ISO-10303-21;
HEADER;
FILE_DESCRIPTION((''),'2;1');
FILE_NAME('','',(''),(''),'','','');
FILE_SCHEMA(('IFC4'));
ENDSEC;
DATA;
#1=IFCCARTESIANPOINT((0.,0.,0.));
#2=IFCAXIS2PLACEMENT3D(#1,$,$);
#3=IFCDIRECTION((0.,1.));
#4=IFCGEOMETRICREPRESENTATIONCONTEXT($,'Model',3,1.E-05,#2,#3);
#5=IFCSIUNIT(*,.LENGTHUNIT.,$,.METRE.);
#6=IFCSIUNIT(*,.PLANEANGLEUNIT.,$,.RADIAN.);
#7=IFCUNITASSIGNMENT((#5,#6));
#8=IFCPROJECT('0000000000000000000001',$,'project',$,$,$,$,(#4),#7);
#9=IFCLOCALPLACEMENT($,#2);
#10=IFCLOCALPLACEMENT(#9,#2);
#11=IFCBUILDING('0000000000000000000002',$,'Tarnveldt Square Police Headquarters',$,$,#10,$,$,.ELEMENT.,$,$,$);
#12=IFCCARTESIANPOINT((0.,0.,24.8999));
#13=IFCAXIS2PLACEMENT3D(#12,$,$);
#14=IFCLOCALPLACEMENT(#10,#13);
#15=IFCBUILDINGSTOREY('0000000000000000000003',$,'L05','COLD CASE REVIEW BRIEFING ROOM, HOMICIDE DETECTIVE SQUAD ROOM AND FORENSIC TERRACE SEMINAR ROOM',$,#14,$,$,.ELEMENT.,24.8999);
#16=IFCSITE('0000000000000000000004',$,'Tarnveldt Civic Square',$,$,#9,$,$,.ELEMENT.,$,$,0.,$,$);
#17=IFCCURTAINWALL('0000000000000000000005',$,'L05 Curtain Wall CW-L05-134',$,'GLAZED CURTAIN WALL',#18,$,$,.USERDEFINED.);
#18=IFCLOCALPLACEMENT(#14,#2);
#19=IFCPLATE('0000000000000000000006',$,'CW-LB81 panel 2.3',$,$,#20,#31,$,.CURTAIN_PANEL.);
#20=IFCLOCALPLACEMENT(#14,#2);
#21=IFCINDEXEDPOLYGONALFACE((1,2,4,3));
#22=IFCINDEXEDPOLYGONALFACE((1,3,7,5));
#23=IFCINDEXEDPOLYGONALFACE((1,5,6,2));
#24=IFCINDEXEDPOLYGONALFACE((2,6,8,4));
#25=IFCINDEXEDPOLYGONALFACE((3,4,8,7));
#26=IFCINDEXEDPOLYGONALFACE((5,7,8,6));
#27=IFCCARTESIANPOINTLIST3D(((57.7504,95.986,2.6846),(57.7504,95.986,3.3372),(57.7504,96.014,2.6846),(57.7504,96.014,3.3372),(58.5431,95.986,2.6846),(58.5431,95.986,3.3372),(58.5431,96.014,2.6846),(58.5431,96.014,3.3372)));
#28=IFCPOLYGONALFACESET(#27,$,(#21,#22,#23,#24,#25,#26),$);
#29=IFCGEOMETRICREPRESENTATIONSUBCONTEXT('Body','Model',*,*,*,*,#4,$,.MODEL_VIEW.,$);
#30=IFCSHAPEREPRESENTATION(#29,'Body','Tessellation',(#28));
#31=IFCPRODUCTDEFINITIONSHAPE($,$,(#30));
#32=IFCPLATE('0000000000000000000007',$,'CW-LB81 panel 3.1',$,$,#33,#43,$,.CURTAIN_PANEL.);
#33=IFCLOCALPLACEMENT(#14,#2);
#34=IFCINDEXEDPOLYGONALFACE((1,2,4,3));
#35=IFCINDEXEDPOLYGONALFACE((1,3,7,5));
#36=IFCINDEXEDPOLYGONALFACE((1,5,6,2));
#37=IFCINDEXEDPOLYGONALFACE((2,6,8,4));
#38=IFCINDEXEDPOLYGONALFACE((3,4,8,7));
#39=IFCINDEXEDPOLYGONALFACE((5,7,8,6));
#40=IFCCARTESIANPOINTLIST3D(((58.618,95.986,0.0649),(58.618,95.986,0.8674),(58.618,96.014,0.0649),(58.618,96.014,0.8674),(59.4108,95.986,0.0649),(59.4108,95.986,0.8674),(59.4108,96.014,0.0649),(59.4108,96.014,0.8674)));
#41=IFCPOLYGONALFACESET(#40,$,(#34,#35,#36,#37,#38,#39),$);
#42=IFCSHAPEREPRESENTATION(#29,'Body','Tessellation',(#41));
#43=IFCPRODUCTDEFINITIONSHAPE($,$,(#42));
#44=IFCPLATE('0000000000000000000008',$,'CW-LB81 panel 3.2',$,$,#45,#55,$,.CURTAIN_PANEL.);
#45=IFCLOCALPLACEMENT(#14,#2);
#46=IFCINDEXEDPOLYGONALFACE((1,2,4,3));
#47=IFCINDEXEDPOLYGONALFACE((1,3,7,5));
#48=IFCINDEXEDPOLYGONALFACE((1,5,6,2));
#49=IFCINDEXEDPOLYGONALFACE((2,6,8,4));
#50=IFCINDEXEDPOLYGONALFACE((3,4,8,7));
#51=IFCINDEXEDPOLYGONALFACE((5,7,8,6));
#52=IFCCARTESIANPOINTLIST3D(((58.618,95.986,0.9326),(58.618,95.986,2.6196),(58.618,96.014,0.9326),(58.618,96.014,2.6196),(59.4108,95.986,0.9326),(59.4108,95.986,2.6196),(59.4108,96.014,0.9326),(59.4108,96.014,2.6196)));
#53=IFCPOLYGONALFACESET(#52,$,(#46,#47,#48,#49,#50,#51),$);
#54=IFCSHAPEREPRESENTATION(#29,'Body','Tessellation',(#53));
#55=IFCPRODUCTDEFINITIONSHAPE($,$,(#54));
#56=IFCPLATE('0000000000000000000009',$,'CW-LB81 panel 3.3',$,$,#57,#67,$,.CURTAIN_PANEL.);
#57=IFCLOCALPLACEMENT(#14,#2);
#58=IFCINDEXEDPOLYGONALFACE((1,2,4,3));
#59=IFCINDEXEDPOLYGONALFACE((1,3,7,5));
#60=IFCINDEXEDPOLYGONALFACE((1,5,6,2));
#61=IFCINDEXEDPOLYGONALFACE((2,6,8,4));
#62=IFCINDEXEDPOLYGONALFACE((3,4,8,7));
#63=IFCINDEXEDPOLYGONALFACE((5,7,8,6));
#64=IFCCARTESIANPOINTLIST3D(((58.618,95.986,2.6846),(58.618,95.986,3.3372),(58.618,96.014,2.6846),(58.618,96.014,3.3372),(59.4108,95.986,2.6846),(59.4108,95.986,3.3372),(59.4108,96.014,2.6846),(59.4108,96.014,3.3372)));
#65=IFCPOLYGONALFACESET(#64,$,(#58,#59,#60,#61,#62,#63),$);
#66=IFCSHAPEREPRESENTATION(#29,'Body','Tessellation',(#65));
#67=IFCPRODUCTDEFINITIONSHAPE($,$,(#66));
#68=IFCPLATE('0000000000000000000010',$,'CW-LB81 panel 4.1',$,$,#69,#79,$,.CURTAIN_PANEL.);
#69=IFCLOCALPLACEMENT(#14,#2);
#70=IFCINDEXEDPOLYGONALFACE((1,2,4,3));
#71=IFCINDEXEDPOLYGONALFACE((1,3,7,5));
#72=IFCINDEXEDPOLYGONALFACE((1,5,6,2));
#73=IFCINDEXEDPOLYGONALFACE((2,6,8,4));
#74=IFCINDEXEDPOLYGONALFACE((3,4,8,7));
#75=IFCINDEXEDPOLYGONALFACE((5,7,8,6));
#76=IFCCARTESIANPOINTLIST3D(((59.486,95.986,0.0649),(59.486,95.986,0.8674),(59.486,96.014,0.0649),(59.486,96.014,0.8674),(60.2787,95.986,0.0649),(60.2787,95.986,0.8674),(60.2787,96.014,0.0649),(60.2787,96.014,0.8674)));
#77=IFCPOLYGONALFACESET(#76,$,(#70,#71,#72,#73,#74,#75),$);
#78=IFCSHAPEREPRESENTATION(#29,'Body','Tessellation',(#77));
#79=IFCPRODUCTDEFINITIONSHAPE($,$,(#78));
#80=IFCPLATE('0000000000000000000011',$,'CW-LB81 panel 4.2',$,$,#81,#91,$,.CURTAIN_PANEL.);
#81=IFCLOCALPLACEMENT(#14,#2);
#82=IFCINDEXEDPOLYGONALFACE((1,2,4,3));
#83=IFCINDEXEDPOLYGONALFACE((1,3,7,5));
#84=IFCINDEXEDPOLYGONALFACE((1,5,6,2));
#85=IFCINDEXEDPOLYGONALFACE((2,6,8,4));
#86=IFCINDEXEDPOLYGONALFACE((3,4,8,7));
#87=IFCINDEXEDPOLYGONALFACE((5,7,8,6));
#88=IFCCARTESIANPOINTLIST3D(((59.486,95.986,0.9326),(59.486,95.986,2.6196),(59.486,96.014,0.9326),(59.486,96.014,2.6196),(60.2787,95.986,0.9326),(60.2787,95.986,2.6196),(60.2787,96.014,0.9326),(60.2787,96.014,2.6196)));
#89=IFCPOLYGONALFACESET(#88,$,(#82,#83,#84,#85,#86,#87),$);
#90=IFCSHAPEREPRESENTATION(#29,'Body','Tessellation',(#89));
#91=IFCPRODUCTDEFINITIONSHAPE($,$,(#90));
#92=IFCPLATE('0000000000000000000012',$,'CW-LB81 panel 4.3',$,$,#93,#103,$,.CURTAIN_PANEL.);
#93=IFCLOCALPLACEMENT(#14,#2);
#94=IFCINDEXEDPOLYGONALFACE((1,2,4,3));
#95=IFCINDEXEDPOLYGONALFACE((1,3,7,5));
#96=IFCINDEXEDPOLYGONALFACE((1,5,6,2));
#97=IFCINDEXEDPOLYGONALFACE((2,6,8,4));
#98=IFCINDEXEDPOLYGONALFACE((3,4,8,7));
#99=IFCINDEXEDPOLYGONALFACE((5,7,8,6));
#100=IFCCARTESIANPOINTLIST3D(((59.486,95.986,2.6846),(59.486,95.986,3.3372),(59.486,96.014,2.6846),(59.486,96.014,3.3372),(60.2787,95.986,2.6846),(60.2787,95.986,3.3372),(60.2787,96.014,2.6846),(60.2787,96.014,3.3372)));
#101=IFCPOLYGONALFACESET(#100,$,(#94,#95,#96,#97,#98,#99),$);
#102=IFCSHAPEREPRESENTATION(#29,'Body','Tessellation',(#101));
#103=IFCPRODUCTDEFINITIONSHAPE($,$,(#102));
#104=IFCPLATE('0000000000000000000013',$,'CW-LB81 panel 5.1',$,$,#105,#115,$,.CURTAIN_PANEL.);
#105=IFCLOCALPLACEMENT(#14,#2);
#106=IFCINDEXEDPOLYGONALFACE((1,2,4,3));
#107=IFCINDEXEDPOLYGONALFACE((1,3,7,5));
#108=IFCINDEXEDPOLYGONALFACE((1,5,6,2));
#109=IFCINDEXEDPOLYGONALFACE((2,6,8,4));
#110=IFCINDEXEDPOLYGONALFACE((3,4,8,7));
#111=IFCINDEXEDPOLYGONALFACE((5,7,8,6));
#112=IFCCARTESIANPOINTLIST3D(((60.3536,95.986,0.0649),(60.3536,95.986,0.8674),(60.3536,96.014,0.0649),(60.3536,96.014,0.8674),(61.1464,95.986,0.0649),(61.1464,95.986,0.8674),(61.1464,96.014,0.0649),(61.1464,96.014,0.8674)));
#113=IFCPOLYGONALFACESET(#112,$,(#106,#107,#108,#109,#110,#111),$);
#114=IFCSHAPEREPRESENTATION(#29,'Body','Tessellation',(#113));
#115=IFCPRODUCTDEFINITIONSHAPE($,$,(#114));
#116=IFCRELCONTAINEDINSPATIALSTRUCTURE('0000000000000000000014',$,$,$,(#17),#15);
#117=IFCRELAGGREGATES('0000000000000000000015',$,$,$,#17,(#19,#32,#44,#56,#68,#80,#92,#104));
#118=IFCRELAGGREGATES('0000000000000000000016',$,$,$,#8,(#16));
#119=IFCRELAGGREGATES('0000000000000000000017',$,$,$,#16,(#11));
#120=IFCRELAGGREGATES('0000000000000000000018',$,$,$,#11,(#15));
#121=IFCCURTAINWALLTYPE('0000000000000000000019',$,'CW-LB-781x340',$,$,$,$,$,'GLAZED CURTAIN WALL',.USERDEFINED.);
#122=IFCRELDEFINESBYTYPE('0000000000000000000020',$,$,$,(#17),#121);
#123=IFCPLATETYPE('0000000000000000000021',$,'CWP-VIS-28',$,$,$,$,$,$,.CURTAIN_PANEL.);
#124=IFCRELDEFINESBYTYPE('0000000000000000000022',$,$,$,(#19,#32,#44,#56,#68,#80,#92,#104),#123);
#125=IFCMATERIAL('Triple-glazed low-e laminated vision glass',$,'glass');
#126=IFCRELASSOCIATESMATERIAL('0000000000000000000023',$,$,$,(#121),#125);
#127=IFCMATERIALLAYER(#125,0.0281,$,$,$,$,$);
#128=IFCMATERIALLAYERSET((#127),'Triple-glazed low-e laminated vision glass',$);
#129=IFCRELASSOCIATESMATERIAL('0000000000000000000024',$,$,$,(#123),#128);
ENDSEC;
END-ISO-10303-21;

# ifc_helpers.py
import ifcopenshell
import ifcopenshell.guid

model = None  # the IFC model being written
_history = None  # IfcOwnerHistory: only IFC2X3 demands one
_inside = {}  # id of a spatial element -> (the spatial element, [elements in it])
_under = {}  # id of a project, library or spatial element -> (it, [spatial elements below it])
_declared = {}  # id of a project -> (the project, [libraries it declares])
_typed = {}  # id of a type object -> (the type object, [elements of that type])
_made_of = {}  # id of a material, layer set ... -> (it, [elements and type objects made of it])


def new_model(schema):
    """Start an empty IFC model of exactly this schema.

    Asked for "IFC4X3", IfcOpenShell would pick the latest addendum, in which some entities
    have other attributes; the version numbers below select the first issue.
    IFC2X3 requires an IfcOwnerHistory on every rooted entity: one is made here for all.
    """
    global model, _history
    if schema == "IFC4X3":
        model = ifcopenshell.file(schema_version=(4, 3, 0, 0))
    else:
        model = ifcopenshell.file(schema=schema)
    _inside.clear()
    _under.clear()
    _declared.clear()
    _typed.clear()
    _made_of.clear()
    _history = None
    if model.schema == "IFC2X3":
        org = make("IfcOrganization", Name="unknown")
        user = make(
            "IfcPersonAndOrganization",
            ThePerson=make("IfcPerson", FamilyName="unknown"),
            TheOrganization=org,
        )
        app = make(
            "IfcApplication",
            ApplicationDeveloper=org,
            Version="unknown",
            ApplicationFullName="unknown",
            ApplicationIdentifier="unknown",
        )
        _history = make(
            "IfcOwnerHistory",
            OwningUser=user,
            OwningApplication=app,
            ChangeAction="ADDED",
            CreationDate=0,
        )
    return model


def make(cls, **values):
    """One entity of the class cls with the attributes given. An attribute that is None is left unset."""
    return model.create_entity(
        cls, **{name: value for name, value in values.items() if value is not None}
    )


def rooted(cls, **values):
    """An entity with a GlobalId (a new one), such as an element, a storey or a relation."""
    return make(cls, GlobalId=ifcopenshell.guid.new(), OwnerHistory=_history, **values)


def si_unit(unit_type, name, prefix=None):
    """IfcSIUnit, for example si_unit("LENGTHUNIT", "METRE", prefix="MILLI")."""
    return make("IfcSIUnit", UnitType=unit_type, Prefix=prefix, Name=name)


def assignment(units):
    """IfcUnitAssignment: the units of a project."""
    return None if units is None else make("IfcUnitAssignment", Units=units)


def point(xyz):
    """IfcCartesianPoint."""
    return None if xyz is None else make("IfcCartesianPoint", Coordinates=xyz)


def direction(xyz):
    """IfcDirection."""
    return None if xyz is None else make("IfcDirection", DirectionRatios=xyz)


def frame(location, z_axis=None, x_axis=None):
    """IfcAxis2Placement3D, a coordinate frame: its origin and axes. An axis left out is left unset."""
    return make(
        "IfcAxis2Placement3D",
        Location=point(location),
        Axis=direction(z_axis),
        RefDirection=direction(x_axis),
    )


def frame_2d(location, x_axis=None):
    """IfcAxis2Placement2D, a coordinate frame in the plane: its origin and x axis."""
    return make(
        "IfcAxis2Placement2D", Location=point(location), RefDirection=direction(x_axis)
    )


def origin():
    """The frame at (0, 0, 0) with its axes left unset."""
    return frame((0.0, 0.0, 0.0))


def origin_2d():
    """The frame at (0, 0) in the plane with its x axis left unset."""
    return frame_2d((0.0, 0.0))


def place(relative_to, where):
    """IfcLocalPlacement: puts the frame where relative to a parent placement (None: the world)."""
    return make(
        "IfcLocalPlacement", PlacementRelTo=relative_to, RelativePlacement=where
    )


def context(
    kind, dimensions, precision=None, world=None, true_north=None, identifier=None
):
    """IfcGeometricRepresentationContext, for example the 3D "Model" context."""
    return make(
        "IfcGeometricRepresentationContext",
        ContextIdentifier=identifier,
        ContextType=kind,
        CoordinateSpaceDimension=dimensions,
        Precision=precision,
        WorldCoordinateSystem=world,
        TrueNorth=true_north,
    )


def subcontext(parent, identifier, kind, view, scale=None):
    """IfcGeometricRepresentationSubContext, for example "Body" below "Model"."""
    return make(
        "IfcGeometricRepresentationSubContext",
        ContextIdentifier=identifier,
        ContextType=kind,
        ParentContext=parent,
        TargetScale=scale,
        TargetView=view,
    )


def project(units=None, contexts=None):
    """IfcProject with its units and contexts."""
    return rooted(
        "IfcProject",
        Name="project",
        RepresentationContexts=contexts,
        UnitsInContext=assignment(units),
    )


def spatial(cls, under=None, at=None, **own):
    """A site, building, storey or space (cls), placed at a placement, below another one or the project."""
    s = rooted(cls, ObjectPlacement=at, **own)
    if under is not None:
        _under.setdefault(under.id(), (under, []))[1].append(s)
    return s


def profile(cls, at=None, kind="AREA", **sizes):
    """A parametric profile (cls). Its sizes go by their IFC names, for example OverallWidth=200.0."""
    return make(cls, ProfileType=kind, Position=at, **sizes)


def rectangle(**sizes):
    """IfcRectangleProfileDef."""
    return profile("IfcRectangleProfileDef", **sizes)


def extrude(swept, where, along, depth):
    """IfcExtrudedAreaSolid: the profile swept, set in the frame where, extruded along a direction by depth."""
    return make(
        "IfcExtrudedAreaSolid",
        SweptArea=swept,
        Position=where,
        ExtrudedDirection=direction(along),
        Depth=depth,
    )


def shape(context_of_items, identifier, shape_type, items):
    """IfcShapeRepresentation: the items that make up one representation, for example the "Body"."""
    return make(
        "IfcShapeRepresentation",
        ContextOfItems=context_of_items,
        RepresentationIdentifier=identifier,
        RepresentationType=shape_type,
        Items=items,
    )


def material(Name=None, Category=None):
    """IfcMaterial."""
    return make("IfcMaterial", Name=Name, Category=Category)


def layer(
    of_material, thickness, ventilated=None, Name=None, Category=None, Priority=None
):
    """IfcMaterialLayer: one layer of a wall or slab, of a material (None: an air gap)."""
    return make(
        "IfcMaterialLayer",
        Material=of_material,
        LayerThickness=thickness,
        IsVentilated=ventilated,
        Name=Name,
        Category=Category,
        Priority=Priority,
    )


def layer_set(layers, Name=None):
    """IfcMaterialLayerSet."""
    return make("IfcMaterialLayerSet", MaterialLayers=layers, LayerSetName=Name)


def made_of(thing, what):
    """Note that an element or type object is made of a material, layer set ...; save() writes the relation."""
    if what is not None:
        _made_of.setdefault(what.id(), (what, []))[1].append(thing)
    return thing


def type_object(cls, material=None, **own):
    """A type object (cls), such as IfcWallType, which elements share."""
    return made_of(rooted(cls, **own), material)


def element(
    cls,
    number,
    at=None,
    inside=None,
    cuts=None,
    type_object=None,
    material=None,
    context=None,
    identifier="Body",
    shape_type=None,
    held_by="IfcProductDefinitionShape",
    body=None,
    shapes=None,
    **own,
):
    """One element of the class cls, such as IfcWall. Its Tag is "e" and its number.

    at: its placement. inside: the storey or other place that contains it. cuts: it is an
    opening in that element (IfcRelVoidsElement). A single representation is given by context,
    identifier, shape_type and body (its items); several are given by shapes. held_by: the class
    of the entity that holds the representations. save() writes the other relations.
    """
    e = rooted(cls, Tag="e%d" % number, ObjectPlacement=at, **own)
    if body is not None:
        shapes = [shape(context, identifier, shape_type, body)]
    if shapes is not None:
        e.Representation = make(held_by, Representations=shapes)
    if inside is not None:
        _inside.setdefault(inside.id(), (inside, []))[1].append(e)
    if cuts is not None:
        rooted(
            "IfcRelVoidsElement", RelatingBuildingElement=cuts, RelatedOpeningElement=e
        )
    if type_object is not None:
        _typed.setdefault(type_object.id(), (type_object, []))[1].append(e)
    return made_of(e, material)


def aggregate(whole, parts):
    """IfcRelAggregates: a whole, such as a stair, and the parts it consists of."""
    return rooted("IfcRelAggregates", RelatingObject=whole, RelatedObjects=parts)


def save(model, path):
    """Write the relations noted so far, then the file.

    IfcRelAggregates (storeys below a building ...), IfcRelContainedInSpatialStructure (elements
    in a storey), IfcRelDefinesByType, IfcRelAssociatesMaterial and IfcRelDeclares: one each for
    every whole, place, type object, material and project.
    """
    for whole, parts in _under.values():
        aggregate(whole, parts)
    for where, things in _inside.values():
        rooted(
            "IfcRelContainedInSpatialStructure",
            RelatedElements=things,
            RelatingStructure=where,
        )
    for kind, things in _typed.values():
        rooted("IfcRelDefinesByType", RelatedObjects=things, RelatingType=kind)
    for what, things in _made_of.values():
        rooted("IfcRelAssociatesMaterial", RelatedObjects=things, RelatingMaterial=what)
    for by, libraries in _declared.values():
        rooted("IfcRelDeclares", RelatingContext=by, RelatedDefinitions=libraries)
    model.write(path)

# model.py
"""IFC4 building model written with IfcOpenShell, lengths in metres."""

from ifc_helpers import new_model, si_unit, direction, frame, origin, origin_2d, place, context, subcontext, project, spatial, rectangle, extrude, material, layer, layer_set, type_object, element, aggregate, save


model = new_model("IFC4")

# Units and contexts
model_context = context("Model", 3, precision=1e-05, world=origin(), true_north=direction((0.0, 1.0)))
body_context = subcontext(model_context, "Body", "Model", "MODEL_VIEW")
ifc_project = project(units=[si_unit("LENGTHUNIT", "METRE"), si_unit("PLANEANGLEUNIT", "RADIAN")], contexts=[model_context])

# Site, building, storey
site_placement = place(None, origin())
site = spatial("IfcSite", under=ifc_project, at=site_placement, Name="Tarnveldt Civic Square", CompositionType="ELEMENT", RefElevation=0.0)
building_placement = place(site_placement, origin())
building = spatial("IfcBuilding", under=site, at=building_placement, Name="Tarnveldt Square Police Headquarters", CompositionType="ELEMENT")
storey_placement = place(building_placement, frame((0.0, 0.0, 24.8999)))
storey = spatial("IfcBuildingStorey", under=building, at=storey_placement, Name="L05", Description="COLD CASE REVIEW BRIEFING ROOM, HOMICIDE DETECTIVE SQUAD ROOM AND FORENSIC TERRACE SEMINAR ROOM", CompositionType="ELEMENT", Elevation=24.8999)

# Curtain wall, plates
ifc_material_1 = material(Name="Triple-glazed low-e laminated vision glass", Category="glass")
curtain_wall_type = type_object("IfcCurtainWallType", Name="CW-LB-781x340", ElementType="GLAZED CURTAIN WALL", PredefinedType="USERDEFINED", material=ifc_material_1)
curtain_wall_placement = place(storey_placement, origin())
curtain_wall = element("IfcCurtainWall", 1, at=curtain_wall_placement, inside=storey, type_object=curtain_wall_type, Name="L05 Curtain Wall CW-L05-134", ObjectType="GLAZED CURTAIN WALL", PredefinedType="USERDEFINED")
ifc_layer = layer(ifc_material_1, 0.0281)
ifc_layer_set = layer_set([ifc_layer], Name="Triple-glazed low-e laminated vision glass")
plate_type = type_object("IfcPlateType", Name="CWP-VIS-28", PredefinedType="CURTAIN_PANEL", material=ifc_layer_set)
plate_1_placement = place(storey_placement, frame((58.1467, 96.0, 2.6846), z_axis=(0.0, 0.0, 1.0), x_axis=(1.0, 0.0, 0.0)))
plate_1 = element("IfcPlate", 2, at=plate_1_placement, type_object=plate_type, Name="CW-LB81 panel 2.3", PredefinedType="CURTAIN_PANEL", context=body_context, shape_type="SweptSolid", body=[
    extrude(rectangle(XDim=0.7927, YDim=0.0281, at=origin_2d()), origin(), (0.0, 0.0, 1.0), 0.6526),
])
plate_2_placement = place(storey_placement, frame((59.0144, 96.0, 0.0649), z_axis=(0.0, 0.0, 1.0), x_axis=(1.0, 0.0, 0.0)))
plate_2 = element("IfcPlate", 3, at=plate_2_placement, type_object=plate_type, Name="CW-LB81 panel 3.1", PredefinedType="CURTAIN_PANEL", context=body_context, shape_type="SweptSolid", body=[
    extrude(rectangle(XDim=0.7927, YDim=0.0281, at=origin_2d()), origin(), (0.0, 0.0, 1.0), 0.8025),
])
plate_3_placement = place(storey_placement, frame((59.0144, 96.0, 0.9326), z_axis=(0.0, 0.0, 1.0), x_axis=(1.0, 0.0, 0.0)))
plate_3 = element("IfcPlate", 4, at=plate_3_placement, type_object=plate_type, Name="CW-LB81 panel 3.2", PredefinedType="CURTAIN_PANEL", context=body_context, shape_type="SweptSolid", body=[
    extrude(rectangle(XDim=0.7927, YDim=0.0281, at=origin_2d()), origin(), (0.0, 0.0, 1.0), 1.687),
])
plate_4_placement = place(storey_placement, frame((59.0144, 96.0, 2.6846), z_axis=(0.0, 0.0, 1.0), x_axis=(1.0, 0.0, 0.0)))
plate_4 = element("IfcPlate", 5, at=plate_4_placement, type_object=plate_type, Name="CW-LB81 panel 3.3", PredefinedType="CURTAIN_PANEL", context=body_context, shape_type="SweptSolid", body=[
    extrude(rectangle(XDim=0.7927, YDim=0.0281, at=origin_2d()), origin(), (0.0, 0.0, 1.0), 0.6526),
])
plate_5_placement = place(storey_placement, frame((59.8823, 96.0, 0.0649), z_axis=(0.0, 0.0, 1.0), x_axis=(1.0, 0.0, 0.0)))
plate_5 = element("IfcPlate", 6, at=plate_5_placement, type_object=plate_type, Name="CW-LB81 panel 4.1", PredefinedType="CURTAIN_PANEL", context=body_context, shape_type="SweptSolid", body=[
    extrude(rectangle(XDim=0.7927, YDim=0.0281, at=origin_2d()), origin(), (0.0, 0.0, 1.0), 0.8025),
])
plate_6_placement = place(storey_placement, frame((59.8823, 96.0, 0.9326), z_axis=(0.0, 0.0, 1.0), x_axis=(1.0, 0.0, 0.0)))
plate_6 = element("IfcPlate", 7, at=plate_6_placement, type_object=plate_type, Name="CW-LB81 panel 4.2", PredefinedType="CURTAIN_PANEL", context=body_context, shape_type="SweptSolid", body=[
    extrude(rectangle(XDim=0.7927, YDim=0.0281, at=origin_2d()), origin(), (0.0, 0.0, 1.0), 1.687),
])
plate_7_placement = place(storey_placement, frame((59.8823, 96.0, 2.6846), z_axis=(0.0, 0.0, 1.0), x_axis=(1.0, 0.0, 0.0)))
plate_7 = element("IfcPlate", 8, at=plate_7_placement, type_object=plate_type, Name="CW-LB81 panel 4.3", PredefinedType="CURTAIN_PANEL", context=body_context, shape_type="SweptSolid", body=[
    extrude(rectangle(XDim=0.7927, YDim=0.0281, at=origin_2d()), origin(), (0.0, 0.0, 1.0), 0.6526),
])
plate_8_placement = place(storey_placement, frame((60.75, 96.0, 0.0649), z_axis=(0.0, 0.0, 1.0), x_axis=(1.0, 0.0, 0.0)))
plate_8 = element("IfcPlate", 9, at=plate_8_placement, type_object=plate_type, Name="CW-LB81 panel 5.1", PredefinedType="CURTAIN_PANEL", context=body_context, shape_type="SweptSolid", body=[
    extrude(rectangle(XDim=0.7927, YDim=0.0281, at=origin_2d()), origin(), (0.0, 0.0, 1.0), 0.8025),
])
aggregate(curtain_wall, [plate_1, plate_2, plate_3, plate_4, plate_5, plate_6, plate_7, plate_8])

save(model, "model.ifc")
